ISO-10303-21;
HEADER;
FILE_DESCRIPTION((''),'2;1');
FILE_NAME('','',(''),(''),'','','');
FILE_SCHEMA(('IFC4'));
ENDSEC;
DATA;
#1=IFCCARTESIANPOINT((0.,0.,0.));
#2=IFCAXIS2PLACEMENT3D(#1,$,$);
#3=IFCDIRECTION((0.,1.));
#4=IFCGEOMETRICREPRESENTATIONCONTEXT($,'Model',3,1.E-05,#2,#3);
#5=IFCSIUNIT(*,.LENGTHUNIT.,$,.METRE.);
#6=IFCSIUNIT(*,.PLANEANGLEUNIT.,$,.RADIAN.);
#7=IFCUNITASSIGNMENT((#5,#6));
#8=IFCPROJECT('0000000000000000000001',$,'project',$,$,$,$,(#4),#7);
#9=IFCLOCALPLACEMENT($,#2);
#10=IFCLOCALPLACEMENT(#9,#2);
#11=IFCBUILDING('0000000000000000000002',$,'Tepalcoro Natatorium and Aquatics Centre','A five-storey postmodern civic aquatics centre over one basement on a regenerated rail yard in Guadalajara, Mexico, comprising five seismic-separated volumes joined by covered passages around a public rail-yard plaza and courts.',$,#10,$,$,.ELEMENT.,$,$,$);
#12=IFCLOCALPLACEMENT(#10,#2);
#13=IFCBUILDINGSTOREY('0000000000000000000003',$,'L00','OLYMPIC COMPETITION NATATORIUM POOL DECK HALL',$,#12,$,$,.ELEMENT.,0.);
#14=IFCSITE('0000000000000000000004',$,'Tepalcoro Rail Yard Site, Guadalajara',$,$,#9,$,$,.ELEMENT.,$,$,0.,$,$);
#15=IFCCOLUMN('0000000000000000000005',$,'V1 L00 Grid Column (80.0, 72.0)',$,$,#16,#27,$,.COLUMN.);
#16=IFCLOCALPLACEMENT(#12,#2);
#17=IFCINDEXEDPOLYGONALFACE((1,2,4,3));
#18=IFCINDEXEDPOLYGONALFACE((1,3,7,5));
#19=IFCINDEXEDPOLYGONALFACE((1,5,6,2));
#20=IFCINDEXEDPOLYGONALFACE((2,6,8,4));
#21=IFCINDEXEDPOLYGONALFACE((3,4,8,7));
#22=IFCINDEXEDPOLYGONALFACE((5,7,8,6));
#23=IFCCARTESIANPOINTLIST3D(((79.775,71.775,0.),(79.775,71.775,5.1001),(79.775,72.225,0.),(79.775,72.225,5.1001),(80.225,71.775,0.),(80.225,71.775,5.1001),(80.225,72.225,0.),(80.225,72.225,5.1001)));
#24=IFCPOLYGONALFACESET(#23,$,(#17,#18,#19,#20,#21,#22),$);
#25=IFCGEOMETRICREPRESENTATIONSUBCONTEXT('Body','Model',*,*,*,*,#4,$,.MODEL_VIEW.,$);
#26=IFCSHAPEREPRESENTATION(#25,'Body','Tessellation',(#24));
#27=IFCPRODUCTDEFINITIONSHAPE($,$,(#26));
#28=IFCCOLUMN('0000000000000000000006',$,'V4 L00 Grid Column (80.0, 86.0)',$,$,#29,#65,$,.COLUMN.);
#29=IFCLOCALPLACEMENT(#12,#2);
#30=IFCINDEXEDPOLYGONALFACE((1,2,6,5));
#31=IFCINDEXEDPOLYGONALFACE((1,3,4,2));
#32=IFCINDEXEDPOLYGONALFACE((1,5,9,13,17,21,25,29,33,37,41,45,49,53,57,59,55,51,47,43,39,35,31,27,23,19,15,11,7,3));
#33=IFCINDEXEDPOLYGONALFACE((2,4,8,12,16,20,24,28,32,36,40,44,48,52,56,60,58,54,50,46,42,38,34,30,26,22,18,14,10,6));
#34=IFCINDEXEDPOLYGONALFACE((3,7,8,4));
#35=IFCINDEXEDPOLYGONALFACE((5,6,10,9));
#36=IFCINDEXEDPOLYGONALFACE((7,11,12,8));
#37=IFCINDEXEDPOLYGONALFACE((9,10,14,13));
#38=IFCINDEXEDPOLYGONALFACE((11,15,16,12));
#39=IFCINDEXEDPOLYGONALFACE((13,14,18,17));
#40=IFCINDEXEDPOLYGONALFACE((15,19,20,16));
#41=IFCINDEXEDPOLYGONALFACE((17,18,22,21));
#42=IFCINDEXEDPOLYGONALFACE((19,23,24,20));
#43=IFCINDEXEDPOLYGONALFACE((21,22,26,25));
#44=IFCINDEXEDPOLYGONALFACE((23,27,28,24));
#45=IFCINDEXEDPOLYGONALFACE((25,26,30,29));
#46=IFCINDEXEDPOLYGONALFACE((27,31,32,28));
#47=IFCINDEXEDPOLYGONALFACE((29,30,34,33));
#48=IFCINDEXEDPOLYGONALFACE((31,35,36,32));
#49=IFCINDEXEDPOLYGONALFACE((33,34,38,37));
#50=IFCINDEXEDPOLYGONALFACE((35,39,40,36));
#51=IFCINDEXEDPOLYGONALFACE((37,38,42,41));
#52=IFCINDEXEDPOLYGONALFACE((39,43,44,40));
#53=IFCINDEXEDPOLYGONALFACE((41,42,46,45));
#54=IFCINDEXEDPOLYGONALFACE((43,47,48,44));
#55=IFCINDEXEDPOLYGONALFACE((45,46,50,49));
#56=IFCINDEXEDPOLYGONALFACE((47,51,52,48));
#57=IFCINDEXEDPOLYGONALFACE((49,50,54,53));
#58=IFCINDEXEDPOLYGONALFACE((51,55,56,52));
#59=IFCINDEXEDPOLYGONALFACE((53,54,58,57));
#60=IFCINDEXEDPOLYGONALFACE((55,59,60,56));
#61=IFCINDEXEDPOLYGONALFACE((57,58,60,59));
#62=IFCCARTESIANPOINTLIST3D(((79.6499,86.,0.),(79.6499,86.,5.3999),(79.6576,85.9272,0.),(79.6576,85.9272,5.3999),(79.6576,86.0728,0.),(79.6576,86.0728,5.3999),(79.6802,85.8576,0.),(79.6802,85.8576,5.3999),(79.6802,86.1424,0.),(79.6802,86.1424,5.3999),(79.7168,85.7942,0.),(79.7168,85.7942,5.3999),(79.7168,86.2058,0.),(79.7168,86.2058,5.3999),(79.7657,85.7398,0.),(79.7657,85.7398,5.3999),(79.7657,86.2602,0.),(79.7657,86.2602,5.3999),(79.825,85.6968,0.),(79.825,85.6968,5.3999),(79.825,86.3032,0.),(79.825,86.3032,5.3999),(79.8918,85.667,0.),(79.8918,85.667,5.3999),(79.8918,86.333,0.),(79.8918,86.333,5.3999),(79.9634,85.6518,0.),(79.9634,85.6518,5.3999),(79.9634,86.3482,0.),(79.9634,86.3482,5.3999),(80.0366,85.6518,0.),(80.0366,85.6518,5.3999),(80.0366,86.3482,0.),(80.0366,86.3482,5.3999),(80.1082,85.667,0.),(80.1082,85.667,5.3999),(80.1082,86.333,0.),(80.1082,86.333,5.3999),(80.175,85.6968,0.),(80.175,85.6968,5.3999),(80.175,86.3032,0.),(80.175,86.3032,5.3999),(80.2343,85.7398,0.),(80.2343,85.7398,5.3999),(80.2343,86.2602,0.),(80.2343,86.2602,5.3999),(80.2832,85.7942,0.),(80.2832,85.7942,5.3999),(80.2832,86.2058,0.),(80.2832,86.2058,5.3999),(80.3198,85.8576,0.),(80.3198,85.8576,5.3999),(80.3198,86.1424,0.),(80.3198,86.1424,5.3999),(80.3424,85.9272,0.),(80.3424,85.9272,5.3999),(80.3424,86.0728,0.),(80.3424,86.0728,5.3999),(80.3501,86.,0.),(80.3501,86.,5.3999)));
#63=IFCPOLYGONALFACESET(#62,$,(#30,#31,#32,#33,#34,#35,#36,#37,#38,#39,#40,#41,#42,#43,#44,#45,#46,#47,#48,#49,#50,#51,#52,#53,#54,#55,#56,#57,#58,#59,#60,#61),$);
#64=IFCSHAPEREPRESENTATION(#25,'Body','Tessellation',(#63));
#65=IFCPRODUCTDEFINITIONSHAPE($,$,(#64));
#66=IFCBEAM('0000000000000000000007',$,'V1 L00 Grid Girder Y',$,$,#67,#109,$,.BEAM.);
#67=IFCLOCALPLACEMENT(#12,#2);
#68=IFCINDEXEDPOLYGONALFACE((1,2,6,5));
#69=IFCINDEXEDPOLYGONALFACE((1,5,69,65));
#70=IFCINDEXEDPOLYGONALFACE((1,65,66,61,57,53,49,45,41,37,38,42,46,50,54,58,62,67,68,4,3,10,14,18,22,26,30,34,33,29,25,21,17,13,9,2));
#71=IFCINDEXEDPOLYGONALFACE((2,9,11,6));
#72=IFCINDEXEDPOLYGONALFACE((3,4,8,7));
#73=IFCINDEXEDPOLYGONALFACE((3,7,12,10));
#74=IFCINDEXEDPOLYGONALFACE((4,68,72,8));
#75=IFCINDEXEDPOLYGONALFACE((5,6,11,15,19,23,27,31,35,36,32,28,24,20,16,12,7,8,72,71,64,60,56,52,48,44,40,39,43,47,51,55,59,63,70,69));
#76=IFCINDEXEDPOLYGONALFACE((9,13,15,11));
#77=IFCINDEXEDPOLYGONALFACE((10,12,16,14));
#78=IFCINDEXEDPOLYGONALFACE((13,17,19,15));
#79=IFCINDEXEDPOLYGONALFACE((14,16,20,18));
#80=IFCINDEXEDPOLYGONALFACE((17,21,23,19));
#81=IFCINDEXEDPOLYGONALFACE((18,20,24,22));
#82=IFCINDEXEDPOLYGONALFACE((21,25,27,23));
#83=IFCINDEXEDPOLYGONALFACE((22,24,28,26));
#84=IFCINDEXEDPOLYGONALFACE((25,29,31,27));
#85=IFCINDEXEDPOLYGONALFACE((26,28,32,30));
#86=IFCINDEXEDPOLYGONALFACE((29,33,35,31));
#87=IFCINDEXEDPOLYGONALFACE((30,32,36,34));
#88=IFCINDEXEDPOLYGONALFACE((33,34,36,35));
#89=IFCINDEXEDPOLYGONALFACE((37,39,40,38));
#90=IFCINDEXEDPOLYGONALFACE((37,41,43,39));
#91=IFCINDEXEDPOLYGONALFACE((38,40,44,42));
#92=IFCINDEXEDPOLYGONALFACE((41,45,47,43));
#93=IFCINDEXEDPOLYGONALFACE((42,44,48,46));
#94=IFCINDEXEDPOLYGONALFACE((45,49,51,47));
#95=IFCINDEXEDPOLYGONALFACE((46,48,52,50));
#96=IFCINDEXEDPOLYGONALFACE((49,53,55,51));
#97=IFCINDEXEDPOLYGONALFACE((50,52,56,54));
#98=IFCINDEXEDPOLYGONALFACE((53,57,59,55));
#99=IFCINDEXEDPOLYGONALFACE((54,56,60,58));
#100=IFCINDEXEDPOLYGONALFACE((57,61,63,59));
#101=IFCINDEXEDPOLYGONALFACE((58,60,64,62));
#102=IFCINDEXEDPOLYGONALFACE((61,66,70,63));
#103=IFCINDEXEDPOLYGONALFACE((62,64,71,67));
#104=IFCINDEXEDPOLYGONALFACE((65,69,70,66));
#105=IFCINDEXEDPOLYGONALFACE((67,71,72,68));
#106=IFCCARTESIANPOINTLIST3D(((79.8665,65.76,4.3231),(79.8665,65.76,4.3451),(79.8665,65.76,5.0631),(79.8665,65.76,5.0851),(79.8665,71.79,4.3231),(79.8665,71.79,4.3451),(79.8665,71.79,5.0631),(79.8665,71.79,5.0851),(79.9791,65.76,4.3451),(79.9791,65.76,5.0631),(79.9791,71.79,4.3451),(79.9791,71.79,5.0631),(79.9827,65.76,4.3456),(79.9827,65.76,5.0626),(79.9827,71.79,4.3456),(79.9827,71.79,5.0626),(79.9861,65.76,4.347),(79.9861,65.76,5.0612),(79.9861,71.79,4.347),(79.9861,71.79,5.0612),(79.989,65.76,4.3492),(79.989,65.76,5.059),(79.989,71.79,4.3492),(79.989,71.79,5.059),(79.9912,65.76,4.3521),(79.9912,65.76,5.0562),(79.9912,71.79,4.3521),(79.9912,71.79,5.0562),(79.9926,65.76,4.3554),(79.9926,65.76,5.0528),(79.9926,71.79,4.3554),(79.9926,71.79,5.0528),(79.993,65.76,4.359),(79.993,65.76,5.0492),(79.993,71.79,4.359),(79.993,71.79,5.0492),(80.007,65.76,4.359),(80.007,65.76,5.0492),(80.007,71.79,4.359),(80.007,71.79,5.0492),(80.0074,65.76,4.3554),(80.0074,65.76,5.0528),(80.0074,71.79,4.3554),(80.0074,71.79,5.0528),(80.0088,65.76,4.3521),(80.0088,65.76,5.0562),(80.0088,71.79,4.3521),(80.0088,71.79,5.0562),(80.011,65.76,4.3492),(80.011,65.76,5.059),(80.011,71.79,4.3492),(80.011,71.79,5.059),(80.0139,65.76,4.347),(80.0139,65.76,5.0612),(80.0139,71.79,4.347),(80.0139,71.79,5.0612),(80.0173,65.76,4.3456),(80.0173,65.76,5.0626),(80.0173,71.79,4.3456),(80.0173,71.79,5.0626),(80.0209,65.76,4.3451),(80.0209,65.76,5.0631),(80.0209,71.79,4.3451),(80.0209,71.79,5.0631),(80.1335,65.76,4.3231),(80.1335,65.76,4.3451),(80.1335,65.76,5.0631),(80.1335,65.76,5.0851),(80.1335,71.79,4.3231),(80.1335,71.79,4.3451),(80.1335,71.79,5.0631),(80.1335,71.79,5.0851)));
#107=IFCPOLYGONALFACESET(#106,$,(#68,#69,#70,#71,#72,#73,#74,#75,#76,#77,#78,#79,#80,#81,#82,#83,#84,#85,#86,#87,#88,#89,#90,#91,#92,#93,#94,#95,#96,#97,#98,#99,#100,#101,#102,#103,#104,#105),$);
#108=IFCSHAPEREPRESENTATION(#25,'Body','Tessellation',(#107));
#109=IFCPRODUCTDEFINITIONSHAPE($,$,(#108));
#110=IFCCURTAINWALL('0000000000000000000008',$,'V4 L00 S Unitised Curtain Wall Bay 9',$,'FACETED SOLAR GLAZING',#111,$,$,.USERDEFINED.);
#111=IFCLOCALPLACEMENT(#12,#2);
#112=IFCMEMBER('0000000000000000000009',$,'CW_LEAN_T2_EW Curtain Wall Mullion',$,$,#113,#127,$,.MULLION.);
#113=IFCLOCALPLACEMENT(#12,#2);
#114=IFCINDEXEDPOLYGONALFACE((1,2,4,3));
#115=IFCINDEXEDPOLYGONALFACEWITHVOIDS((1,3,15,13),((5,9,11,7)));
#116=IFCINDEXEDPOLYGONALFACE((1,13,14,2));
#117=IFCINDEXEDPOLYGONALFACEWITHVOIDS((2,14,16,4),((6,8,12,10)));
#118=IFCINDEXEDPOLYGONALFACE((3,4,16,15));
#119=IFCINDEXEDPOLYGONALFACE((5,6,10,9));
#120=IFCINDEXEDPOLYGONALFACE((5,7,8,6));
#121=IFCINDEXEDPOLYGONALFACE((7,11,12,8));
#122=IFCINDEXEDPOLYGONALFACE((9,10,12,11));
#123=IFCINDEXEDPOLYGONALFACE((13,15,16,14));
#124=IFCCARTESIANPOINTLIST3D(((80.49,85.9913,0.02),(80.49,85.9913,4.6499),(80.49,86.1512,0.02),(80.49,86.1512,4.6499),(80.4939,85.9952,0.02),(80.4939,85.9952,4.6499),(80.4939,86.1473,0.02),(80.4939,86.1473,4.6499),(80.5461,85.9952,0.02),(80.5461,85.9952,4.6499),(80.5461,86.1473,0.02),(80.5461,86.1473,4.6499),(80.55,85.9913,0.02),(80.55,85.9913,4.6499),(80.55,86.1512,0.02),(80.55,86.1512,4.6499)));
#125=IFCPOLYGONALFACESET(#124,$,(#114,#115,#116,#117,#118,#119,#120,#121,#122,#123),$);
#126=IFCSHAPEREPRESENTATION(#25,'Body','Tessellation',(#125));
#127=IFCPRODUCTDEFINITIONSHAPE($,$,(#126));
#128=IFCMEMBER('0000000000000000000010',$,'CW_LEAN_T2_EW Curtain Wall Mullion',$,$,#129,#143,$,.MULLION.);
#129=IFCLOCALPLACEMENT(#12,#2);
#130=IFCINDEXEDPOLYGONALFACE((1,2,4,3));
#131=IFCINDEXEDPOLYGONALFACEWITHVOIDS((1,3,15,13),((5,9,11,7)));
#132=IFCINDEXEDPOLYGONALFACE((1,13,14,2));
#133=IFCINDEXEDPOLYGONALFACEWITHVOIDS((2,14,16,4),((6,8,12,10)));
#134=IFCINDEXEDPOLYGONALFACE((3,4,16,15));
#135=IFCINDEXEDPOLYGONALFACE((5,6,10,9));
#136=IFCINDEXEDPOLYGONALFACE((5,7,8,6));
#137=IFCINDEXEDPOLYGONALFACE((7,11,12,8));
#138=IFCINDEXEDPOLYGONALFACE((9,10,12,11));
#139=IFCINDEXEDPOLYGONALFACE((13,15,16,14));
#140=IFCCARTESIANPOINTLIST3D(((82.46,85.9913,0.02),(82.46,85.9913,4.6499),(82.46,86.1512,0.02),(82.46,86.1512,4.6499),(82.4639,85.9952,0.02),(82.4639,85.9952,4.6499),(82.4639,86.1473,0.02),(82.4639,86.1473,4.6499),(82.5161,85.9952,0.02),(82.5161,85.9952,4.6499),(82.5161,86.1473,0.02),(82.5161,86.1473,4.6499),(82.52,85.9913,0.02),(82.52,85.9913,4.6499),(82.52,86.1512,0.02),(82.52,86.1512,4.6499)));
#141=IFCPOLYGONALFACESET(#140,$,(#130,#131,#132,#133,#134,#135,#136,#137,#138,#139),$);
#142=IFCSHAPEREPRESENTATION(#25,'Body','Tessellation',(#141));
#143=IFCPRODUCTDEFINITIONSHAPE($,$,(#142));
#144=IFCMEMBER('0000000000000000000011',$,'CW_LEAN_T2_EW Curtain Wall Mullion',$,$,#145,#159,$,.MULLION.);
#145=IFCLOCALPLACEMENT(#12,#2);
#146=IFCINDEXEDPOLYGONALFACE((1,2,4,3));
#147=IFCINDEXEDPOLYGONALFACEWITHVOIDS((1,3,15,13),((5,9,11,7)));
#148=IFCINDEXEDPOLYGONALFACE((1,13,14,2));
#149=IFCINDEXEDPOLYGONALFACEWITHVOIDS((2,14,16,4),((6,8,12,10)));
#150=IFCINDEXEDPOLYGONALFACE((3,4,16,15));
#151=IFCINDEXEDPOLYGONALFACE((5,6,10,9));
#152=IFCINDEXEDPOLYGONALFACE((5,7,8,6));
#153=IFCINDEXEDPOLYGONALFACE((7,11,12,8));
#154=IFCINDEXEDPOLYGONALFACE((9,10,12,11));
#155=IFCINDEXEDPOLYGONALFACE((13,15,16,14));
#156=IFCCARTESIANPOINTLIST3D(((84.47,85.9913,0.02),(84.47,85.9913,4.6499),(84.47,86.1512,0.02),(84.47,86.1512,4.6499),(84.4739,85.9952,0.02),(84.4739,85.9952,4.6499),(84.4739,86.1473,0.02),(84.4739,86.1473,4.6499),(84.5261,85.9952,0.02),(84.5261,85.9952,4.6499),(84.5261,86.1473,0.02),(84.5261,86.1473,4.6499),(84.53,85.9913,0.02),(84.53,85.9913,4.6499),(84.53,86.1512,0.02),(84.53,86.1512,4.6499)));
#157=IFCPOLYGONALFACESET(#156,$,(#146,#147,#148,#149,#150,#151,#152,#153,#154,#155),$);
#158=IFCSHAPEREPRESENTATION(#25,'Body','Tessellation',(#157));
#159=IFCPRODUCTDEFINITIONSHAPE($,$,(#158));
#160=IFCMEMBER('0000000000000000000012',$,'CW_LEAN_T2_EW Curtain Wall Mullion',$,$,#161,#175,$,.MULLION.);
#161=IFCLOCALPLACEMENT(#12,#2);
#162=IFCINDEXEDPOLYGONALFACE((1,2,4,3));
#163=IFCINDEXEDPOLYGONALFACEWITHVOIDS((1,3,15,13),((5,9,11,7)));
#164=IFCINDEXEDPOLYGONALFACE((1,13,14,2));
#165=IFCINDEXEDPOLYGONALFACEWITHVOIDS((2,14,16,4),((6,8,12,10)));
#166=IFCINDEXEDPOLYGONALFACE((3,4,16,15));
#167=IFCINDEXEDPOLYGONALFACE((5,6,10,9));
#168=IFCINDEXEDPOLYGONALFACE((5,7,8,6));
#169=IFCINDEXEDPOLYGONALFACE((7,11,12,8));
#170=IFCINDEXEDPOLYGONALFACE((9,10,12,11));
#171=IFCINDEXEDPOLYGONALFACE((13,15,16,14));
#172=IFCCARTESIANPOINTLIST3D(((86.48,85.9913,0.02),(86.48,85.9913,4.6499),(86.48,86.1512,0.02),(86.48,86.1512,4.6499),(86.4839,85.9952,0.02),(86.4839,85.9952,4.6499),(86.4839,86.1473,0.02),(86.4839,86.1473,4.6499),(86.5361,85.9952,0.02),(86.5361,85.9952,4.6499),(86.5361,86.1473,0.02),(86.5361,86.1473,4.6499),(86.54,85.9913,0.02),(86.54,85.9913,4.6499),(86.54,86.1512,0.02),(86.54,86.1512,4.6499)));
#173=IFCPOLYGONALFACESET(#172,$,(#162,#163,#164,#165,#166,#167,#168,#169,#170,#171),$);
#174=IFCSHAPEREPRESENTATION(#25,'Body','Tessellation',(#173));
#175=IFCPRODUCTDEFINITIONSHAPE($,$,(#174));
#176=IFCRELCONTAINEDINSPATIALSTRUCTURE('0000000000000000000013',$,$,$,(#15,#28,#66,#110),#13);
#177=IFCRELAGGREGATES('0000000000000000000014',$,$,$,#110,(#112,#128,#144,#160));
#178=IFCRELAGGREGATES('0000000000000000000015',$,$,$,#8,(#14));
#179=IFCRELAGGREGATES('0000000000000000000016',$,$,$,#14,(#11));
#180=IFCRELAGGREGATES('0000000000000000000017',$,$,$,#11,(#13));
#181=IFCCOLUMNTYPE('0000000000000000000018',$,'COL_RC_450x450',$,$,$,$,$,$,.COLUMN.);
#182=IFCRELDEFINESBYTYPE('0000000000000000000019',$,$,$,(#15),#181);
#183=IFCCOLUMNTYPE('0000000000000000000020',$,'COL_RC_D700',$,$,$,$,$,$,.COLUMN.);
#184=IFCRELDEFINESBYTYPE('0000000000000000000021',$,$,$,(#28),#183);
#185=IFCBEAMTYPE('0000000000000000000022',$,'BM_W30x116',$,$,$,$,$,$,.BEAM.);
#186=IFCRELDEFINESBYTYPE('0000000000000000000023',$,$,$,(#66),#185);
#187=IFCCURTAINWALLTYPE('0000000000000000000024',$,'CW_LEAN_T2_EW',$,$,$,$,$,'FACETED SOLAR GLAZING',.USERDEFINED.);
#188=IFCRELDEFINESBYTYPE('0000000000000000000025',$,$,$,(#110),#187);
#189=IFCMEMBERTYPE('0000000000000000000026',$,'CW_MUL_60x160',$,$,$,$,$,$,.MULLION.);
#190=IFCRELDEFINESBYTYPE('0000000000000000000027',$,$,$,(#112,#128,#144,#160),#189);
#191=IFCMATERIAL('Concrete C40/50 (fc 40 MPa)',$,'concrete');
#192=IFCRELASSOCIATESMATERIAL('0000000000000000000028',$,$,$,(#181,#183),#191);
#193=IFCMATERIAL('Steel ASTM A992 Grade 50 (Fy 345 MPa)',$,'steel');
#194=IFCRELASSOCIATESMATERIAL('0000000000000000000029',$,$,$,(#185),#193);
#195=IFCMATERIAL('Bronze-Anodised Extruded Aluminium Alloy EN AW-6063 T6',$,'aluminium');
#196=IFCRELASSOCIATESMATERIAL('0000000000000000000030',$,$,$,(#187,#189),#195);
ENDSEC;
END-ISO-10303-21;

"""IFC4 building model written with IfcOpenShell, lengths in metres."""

from ifc_helpers import new_model, si_unit, direction, frame, origin, origin_2d, place, context, subcontext, project, spatial, rectangle, hollow_rectangle, circle, i_section, extrude, material, material_profile, profile_set, type_object, element, aggregate, save


model = new_model("IFC4")

# Units and contexts
model_context = context("Model", 3, precision=1e-05, world=origin(), true_north=direction((0.0, 1.0)))
body_context = subcontext(model_context, "Body", "Model", "MODEL_VIEW")
ifc_project = project(units=[si_unit("LENGTHUNIT", "METRE"), si_unit("PLANEANGLEUNIT", "RADIAN")], contexts=[model_context])

# Site, building, storey
site_placement = place(None, origin())
site = spatial("IfcSite", under=ifc_project, at=site_placement, Name="Tepalcoro Rail Yard Site, Guadalajara", CompositionType="ELEMENT", RefElevation=0.0)
building_placement = place(site_placement, origin())
building = spatial("IfcBuilding", under=site, at=building_placement, Name="Tepalcoro Natatorium and Aquatics Centre", Description="A five-storey postmodern civic aquatics centre over one basement on a regenerated rail yard in Guadalajara, Mexico, comprising five seismic-separated volumes joined by covered passages around a public rail-yard plaza and courts.", CompositionType="ELEMENT")
storey_placement = place(building_placement, origin())
storey = spatial("IfcBuildingStorey", under=building, at=storey_placement, Name="L00", Description="OLYMPIC COMPETITION NATATORIUM POOL DECK HALL", CompositionType="ELEMENT", Elevation=0.0)

# Columns
ifc_material_1 = material(Name="Concrete C40/50 (fc 40 MPa)", Category="concrete")
ifc_material_profile_1 = material_profile(ifc_material_1, rectangle(XDim=0.45, YDim=0.45, at=origin_2d()), Name="RC450x450")
ifc_profile_set_1 = profile_set([ifc_material_profile_1], Name="Concrete C40/50 (fc 40 MPa)")
column_type_1 = type_object("IfcColumnType", Name="COL_RC_450x450", PredefinedType="COLUMN", material=ifc_profile_set_1)
column_1_placement = place(storey_placement, frame((80.0, 72.0, 0.0), z_axis=(0.0, 0.0, 1.0), x_axis=(1.0, 0.0, 0.0)))
element("IfcColumn", 1, at=column_1_placement, inside=storey, type_object=column_type_1, Name="V1 L00 Grid Column (80.0, 72.0)", PredefinedType="COLUMN", context=body_context, shape_type="SweptSolid", body=[
    extrude(rectangle(XDim=0.45, YDim=0.45, at=origin_2d()), origin(), (0.0, 0.0, 1.0), 5.1001),
])
ifc_material_profile_2 = material_profile(ifc_material_1, circle(Radius=0.3501, at=origin_2d()), Name="RCD700")
ifc_profile_set_2 = profile_set([ifc_material_profile_2], Name="Concrete C40/50 (fc 40 MPa)")
column_type_2 = type_object("IfcColumnType", Name="COL_RC_D700", PredefinedType="COLUMN", material=ifc_profile_set_2)
column_2_placement = place(storey_placement, frame((80.0, 86.0, 0.0), z_axis=(0.0, 0.0, 1.0), x_axis=(1.0, 0.0, 0.0)))
element("IfcColumn", 2, at=column_2_placement, inside=storey, type_object=column_type_2, Name="V4 L00 Grid Column (80.0, 86.0)", PredefinedType="COLUMN", context=body_context, shape_type="SweptSolid", body=[
    extrude(circle(Radius=0.3501, at=origin_2d()), origin(), (0.0, 0.0, 1.0), 5.3999),
])

# Beam
ifc_material_2 = material(Name="Steel ASTM A992 Grade 50 (Fy 345 MPa)", Category="steel")
ifc_material_profile_3 = material_profile(ifc_material_2, i_section(OverallWidth=0.2671, OverallDepth=0.762, WebThickness=0.0139, FlangeThickness=0.022, FilletRadius=0.0139, at=origin_2d()), Name="W30X116")
ifc_profile_set_3 = profile_set([ifc_material_profile_3], Name="Steel ASTM A992 Grade 50 (Fy 345 MPa)")
beam_type_1 = type_object("IfcBeamType", Name="BM_W30x116", PredefinedType="BEAM", material=ifc_profile_set_3)
beam_1_placement = place(storey_placement, frame((80.0, 65.76, 4.7041), z_axis=(0.0, 1.0, 0.0), x_axis=(-1.0, 0.0, 0.0)))
element("IfcBeam", 3, at=beam_1_placement, inside=storey, type_object=beam_type_1, Name="V1 L00 Grid Girder Y", PredefinedType="BEAM", context=body_context, shape_type="SweptSolid", body=[
    extrude(i_section(OverallWidth=0.2671, OverallDepth=0.762, WebThickness=0.0139, FlangeThickness=0.022, FilletRadius=0.0139, at=origin_2d()), origin(), (0.0, 0.0, 1.0), 6.03),
])

# Curtain wall, members
ifc_material_3 = material(Name="Bronze-Anodised Extruded Aluminium Alloy EN AW-6063 T6", Category="aluminium")
curtain_wall_type_1 = type_object("IfcCurtainWallType", Name="CW_LEAN_T2_EW", ElementType="FACETED SOLAR GLAZING", PredefinedType="USERDEFINED", material=ifc_material_3)
curtain_wall_1_placement = place(storey_placement, origin())
curtain_wall_1 = element("IfcCurtainWall", 4, at=curtain_wall_1_placement, inside=storey, type_object=curtain_wall_type_1, Name="V4 L00 S Unitised Curtain Wall Bay 9", ObjectType="FACETED SOLAR GLAZING", PredefinedType="USERDEFINED")
ifc_material_profile_4 = material_profile(ifc_material_3, hollow_rectangle(XDim=0.0601, YDim=0.1599, WallThickness=0.0039, at=origin_2d()), Name="AL60X160X4")
ifc_profile_set_4 = profile_set([ifc_material_profile_4], Name="Bronze-Anodised Extruded Aluminium Alloy EN AW-6063 T6")
member_type_1 = type_object("IfcMemberType", Name="CW_MUL_60x160", PredefinedType="MULLION", material=ifc_profile_set_4)
member_1_placement = place(storey_placement, frame((80.52, 86.0713, 0.02), z_axis=(0.0, 0.0, 1.0), x_axis=(1.0, 0.0, 0.0)))
member_1 = element("IfcMember", 5, at=member_1_placement, type_object=member_type_1, Name="CW_LEAN_T2_EW Curtain Wall Mullion", PredefinedType="MULLION", context=body_context, shape_type="SweptSolid", body=[
    extrude(hollow_rectangle(XDim=0.0601, YDim=0.1599, WallThickness=0.0039, at=origin_2d()), origin(), (0.0, 0.0, 1.0), 4.6299),
])
member_2_placement = place(storey_placement, frame((82.49, 86.0713, 0.02), z_axis=(0.0, 0.0, 1.0), x_axis=(1.0, 0.0, 0.0)))
member_2 = element("IfcMember", 6, at=member_2_placement, type_object=member_type_1, Name="CW_LEAN_T2_EW Curtain Wall Mullion", PredefinedType="MULLION", context=body_context, shape_type="SweptSolid", body=[
    extrude(hollow_rectangle(XDim=0.0601, YDim=0.1599, WallThickness=0.0039, at=origin_2d()), origin(), (0.0, 0.0, 1.0), 4.6299),
])
member_3_placement = place(storey_placement, frame((84.5, 86.0713, 0.02), z_axis=(0.0, 0.0, 1.0), x_axis=(1.0, 0.0, 0.0)))
member_3 = element("IfcMember", 7, at=member_3_placement, type_object=member_type_1, Name="CW_LEAN_T2_EW Curtain Wall Mullion", PredefinedType="MULLION", context=body_context, shape_type="SweptSolid", body=[
    extrude(hollow_rectangle(XDim=0.0601, YDim=0.1599, WallThickness=0.0039, at=origin_2d()), origin(), (0.0, 0.0, 1.0), 4.6299),
])
member_4_placement = place(storey_placement, frame((86.51, 86.0713, 0.02), z_axis=(0.0, 0.0, 1.0), x_axis=(1.0, 0.0, 0.0)))
member_4 = element("IfcMember", 8, at=member_4_placement, type_object=member_type_1, Name="CW_LEAN_T2_EW Curtain Wall Mullion", PredefinedType="MULLION", context=body_context, shape_type="SweptSolid", body=[
    extrude(hollow_rectangle(XDim=0.0601, YDim=0.1599, WallThickness=0.0039, at=origin_2d()), origin(), (0.0, 0.0, 1.0), 4.6299),
])

aggregate(curtain_wall_1, [member_1, member_2, member_3, member_4])

save(model, "model.ifc")
